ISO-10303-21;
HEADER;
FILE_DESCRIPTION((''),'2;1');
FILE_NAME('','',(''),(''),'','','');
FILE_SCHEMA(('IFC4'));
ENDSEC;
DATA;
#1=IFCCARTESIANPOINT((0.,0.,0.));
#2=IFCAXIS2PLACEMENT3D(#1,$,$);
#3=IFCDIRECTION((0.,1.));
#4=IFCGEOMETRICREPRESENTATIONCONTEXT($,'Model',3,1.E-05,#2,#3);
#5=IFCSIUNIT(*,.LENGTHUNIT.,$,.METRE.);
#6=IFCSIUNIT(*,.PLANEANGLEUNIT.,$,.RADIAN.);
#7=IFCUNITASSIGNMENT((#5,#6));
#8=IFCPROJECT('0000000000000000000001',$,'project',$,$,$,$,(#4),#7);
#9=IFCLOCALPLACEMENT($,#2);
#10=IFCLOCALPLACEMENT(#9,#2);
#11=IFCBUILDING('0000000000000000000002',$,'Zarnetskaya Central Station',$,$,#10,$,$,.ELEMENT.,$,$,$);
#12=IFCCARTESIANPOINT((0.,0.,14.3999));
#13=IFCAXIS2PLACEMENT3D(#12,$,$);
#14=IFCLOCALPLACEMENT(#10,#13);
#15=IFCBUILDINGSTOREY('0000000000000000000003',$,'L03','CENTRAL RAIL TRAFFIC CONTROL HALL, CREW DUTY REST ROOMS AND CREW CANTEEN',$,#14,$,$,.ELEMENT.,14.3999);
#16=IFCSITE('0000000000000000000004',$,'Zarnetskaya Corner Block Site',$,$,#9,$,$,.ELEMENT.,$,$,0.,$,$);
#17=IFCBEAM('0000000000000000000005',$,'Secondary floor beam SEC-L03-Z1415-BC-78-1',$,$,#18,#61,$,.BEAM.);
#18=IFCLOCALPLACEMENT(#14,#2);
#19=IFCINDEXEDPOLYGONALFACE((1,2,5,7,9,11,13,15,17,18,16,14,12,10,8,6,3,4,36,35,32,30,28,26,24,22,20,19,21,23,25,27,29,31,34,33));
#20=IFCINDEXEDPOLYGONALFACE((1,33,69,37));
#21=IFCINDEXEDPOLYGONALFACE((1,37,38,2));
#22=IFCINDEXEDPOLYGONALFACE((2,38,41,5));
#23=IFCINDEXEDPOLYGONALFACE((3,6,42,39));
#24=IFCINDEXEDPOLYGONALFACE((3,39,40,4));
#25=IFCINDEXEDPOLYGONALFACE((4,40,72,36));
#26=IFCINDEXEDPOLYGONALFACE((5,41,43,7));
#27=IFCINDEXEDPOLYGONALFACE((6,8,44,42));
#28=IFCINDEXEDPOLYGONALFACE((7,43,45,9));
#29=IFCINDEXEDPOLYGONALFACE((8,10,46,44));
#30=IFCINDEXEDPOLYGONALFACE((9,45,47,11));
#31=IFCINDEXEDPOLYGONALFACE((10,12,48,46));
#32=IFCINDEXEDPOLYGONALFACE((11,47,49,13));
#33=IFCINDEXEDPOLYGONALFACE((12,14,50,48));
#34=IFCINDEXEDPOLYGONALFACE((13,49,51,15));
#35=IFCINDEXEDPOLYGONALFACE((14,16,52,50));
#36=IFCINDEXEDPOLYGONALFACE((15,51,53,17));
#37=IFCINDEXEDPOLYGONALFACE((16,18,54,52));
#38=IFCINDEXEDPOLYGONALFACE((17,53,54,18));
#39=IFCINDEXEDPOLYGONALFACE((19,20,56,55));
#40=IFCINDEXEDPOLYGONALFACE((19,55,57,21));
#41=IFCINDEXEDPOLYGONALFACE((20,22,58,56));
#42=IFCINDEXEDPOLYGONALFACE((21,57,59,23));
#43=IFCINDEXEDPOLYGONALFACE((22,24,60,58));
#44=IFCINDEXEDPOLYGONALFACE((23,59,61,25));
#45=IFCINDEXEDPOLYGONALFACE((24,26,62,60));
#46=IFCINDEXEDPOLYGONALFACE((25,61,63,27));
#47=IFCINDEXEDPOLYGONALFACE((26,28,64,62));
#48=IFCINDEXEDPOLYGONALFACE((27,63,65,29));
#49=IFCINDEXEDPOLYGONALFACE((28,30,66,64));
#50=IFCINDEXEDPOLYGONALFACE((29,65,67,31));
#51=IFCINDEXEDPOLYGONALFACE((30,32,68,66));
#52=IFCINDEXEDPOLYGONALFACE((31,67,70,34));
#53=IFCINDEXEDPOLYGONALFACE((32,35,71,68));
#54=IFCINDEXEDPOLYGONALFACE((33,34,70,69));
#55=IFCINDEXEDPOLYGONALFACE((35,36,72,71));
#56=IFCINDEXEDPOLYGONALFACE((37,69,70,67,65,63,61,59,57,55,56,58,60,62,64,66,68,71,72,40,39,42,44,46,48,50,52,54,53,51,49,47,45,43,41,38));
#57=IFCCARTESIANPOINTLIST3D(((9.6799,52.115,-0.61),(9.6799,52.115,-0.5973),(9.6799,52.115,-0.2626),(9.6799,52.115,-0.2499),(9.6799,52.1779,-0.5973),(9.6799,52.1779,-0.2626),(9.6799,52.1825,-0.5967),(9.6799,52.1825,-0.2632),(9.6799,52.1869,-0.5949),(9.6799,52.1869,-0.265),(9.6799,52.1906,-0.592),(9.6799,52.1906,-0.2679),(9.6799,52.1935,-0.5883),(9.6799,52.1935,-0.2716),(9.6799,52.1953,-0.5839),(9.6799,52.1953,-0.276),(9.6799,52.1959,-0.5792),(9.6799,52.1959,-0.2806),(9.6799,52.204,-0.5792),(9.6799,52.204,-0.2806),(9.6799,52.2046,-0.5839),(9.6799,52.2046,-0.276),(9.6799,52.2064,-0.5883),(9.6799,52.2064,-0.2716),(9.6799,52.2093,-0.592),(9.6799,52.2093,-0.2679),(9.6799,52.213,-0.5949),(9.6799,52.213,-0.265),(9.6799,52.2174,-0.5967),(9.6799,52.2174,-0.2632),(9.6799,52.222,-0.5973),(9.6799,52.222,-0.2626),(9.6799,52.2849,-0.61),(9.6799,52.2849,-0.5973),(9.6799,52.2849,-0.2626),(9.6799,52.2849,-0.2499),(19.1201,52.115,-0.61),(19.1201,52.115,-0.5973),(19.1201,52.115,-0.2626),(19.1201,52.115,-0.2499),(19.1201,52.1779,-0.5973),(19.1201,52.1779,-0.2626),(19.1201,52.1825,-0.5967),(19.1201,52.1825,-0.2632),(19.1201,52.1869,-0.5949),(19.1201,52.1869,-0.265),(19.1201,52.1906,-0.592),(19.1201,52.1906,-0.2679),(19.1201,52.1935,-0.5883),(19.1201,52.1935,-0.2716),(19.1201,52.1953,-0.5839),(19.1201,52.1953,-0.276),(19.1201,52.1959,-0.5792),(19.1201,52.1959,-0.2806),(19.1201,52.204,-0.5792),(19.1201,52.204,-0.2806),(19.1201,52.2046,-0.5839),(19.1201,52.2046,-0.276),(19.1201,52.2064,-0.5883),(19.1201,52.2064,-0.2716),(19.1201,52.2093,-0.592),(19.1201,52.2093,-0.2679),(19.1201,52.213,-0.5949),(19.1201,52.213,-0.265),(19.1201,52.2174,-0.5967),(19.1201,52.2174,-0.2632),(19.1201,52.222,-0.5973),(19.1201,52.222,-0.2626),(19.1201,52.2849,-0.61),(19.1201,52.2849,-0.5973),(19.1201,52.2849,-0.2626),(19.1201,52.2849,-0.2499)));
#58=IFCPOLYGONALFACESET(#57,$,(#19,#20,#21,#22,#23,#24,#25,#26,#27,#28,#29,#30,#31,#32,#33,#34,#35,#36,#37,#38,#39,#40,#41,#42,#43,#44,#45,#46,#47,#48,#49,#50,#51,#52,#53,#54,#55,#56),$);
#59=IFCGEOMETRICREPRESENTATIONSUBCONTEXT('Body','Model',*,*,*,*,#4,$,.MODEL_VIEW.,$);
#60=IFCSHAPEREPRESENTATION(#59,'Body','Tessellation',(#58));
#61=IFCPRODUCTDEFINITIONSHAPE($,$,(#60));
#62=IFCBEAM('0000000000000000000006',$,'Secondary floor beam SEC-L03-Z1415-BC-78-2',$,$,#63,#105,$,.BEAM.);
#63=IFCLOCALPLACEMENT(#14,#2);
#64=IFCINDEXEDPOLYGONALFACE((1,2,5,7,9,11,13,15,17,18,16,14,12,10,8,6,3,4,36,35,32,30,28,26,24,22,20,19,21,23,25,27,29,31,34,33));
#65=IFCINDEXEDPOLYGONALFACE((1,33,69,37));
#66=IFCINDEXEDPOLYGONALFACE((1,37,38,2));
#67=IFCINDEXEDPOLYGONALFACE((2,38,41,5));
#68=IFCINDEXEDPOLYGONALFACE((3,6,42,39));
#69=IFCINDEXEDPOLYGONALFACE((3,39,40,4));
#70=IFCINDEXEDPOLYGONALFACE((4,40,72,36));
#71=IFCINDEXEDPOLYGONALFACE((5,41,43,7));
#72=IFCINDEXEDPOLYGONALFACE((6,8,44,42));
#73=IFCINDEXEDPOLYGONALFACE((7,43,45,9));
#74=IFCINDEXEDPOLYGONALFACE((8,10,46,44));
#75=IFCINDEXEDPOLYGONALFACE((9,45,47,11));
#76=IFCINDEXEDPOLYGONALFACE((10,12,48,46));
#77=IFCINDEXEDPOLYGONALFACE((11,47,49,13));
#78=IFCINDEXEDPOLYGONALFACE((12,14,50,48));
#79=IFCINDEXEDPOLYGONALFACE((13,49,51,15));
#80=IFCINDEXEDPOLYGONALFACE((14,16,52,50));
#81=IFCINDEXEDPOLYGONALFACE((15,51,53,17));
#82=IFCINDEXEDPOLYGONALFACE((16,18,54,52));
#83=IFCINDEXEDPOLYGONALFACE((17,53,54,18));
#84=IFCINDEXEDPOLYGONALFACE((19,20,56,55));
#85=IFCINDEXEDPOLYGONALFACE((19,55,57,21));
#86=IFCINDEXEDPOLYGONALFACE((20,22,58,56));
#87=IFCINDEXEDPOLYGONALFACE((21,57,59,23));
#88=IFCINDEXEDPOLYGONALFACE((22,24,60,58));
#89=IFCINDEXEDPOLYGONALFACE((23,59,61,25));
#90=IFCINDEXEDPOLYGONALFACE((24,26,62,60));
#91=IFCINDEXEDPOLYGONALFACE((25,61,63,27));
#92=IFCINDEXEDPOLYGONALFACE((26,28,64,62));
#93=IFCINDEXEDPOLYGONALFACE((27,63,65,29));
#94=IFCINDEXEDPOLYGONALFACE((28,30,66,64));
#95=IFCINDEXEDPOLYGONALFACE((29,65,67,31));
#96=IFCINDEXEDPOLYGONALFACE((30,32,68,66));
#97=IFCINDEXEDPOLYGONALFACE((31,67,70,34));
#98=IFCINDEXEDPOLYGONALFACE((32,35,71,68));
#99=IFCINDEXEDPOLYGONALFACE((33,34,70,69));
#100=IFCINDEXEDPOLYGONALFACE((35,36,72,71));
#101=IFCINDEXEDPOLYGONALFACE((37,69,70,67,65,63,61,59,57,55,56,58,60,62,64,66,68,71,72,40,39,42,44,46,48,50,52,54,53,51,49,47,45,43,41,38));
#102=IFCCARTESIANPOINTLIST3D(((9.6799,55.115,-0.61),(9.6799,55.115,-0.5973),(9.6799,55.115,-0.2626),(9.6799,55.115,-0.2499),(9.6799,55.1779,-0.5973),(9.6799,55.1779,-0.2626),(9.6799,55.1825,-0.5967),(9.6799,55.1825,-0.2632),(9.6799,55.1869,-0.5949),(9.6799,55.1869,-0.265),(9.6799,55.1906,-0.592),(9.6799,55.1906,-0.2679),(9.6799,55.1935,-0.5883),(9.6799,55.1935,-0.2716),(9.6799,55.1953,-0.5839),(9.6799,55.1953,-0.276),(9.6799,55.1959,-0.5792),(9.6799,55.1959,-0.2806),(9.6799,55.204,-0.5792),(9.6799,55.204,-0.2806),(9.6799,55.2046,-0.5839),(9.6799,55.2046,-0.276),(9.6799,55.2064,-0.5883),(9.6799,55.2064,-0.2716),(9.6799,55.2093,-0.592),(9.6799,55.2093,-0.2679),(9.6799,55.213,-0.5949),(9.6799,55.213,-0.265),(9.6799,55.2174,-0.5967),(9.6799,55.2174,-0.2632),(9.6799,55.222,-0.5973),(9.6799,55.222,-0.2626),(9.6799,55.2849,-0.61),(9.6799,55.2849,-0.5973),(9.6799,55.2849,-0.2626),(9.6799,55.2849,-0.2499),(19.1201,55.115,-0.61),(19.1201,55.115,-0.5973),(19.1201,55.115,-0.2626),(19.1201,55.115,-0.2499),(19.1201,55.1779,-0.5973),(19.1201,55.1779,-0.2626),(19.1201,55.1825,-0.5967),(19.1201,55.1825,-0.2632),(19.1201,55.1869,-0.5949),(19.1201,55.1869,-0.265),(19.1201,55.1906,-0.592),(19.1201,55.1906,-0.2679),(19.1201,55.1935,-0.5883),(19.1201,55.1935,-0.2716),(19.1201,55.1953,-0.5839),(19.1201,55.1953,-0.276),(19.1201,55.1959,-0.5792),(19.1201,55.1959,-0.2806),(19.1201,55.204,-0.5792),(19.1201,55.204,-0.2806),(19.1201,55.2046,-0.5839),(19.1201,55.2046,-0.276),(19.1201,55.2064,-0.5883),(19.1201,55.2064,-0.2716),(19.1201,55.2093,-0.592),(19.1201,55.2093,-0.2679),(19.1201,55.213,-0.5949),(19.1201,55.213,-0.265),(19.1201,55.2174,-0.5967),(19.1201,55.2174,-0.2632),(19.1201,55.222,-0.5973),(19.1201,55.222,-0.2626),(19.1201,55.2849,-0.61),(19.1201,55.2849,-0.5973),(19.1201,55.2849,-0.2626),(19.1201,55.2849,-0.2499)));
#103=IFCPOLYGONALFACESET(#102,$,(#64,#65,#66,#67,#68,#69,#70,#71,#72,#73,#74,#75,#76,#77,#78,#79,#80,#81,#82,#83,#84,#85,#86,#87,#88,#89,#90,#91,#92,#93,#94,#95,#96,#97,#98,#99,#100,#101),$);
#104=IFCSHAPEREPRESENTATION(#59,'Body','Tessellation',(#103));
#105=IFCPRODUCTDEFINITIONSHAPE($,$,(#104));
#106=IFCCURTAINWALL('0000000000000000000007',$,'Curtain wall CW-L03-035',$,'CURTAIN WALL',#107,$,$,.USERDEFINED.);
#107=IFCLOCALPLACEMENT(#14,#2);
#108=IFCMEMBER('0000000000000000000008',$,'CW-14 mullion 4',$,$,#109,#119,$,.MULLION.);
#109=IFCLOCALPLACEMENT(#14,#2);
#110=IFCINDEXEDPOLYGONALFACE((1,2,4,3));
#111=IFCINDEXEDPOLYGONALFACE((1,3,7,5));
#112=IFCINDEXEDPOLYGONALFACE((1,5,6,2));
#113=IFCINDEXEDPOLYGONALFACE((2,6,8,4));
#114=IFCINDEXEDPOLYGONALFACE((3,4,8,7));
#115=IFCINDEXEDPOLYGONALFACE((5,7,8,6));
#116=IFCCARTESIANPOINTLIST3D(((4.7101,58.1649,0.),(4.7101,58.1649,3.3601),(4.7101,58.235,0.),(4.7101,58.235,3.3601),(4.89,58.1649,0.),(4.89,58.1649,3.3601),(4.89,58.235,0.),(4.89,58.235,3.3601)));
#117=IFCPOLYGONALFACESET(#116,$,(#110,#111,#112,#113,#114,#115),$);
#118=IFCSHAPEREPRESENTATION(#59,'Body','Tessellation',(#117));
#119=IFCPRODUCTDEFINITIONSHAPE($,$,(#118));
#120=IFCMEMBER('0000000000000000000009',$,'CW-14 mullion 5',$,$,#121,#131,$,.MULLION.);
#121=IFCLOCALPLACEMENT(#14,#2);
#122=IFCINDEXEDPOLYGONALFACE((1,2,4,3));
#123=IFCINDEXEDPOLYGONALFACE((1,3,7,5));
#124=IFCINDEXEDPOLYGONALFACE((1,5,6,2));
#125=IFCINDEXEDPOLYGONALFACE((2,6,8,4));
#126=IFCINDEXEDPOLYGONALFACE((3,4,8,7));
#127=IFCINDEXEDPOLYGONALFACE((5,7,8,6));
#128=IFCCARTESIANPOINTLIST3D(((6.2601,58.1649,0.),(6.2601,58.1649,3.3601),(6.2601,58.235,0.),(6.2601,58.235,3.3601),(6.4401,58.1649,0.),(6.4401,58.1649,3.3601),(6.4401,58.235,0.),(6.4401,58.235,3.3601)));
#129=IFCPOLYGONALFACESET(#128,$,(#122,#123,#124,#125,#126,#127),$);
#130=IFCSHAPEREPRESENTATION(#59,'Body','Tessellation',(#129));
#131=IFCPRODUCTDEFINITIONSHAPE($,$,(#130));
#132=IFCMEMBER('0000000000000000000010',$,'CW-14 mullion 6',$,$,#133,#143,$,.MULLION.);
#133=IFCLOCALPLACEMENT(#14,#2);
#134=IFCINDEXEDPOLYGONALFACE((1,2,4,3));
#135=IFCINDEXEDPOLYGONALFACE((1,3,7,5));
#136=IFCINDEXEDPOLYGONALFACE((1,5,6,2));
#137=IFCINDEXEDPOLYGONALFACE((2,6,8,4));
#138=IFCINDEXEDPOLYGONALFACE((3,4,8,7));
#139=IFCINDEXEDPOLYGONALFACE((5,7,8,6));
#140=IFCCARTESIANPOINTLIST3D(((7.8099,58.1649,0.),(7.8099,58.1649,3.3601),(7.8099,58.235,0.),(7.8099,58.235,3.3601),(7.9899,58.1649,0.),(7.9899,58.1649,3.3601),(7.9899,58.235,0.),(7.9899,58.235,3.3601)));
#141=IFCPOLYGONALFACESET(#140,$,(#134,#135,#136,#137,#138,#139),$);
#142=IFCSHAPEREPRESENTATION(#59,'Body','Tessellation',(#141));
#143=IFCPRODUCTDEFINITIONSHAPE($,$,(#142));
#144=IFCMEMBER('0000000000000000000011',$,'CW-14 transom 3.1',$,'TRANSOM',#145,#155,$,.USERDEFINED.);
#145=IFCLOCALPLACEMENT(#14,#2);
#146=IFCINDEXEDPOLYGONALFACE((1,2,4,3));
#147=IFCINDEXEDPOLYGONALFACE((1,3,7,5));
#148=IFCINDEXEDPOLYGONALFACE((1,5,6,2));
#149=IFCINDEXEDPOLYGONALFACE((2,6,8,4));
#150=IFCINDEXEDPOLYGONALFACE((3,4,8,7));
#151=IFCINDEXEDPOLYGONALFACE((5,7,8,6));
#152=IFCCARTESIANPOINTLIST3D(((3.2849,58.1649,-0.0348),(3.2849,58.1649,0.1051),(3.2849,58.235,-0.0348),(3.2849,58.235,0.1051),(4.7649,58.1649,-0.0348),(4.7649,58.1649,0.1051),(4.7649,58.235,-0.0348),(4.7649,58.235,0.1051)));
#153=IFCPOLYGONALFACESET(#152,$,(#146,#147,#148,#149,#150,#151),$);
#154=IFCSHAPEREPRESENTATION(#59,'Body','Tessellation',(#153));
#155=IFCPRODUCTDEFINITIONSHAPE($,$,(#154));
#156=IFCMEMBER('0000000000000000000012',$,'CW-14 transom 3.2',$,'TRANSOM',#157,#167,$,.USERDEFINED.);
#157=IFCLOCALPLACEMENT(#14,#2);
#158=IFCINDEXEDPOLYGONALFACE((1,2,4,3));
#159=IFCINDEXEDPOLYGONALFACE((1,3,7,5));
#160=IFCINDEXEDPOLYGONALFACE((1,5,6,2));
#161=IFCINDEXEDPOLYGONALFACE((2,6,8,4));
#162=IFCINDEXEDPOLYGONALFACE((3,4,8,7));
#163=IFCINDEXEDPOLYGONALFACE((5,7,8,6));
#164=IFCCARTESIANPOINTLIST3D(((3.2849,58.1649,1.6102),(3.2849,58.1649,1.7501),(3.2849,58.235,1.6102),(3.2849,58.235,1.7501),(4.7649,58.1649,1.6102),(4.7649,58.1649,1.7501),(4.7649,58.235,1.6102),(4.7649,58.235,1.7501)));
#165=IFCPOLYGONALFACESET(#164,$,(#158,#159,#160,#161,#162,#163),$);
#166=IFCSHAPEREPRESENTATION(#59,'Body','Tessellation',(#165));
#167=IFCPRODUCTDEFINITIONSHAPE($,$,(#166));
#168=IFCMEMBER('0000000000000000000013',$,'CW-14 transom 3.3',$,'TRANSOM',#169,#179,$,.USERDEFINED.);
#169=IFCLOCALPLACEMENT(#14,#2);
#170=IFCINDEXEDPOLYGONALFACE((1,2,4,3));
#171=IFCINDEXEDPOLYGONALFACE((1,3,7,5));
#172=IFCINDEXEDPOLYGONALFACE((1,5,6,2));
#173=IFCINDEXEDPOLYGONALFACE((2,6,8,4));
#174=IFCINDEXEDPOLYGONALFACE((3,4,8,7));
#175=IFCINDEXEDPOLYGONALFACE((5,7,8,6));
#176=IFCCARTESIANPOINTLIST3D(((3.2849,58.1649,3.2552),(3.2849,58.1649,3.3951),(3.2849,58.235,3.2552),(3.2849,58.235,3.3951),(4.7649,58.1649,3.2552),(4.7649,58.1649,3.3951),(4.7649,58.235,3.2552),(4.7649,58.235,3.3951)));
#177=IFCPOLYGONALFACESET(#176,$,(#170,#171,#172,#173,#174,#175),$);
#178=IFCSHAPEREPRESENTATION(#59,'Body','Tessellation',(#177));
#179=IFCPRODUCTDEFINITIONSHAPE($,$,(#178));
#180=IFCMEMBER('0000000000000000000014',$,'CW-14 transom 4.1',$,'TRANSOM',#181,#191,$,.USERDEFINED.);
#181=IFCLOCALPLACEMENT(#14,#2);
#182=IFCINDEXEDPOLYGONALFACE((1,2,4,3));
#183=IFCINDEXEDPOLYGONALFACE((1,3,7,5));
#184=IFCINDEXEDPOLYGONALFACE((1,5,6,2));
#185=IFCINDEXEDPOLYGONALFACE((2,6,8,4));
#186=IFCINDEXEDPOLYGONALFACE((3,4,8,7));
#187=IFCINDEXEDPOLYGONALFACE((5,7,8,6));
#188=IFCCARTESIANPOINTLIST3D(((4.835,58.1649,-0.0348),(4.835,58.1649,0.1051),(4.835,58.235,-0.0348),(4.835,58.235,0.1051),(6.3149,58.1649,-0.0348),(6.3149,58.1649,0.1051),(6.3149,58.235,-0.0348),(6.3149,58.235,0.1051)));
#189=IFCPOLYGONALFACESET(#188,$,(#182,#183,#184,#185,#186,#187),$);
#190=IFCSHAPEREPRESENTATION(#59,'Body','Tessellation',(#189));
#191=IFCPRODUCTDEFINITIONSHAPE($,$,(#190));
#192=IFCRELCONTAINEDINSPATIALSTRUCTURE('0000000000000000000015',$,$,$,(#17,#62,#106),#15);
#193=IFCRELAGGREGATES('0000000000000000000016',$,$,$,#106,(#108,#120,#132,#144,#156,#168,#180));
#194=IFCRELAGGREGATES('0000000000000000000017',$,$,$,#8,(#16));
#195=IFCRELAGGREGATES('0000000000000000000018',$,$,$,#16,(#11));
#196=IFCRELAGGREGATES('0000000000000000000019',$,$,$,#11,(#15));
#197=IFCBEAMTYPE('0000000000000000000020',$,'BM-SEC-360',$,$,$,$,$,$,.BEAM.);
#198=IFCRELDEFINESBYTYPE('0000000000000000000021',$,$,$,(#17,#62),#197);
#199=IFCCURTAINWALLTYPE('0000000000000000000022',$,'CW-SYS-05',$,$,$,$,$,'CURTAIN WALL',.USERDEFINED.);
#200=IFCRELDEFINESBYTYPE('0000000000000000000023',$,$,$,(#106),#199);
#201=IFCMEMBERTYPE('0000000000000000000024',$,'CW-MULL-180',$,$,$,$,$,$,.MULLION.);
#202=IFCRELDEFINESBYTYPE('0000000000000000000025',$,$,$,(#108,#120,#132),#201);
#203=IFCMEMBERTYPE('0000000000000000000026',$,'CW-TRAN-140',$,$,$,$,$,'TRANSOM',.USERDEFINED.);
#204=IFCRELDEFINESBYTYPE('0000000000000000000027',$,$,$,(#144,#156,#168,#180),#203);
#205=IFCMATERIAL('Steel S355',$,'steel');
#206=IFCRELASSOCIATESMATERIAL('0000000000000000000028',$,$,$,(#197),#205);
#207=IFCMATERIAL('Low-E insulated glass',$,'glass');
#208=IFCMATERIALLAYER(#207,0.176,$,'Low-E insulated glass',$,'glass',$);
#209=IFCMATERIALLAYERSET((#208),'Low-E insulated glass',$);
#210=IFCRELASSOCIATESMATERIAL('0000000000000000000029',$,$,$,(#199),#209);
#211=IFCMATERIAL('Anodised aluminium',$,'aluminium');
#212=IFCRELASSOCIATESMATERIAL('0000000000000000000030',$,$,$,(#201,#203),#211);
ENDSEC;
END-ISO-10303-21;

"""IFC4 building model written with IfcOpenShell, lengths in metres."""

from ifc_helpers import new_model, si_unit, direction, frame, origin, origin_2d, place, context, subcontext, project, spatial, rectangle, i_section, extrude, material, layer, layer_set, material_profile, profile_set, type_object, element, aggregate, save


model = new_model("IFC4")

# Units and contexts
model_context = context("Model", 3, precision=1e-05, world=origin(), true_north=direction((0.0, 1.0)))
body_context = subcontext(model_context, "Body", "Model", "MODEL_VIEW")
ifc_project = project(units=[si_unit("LENGTHUNIT", "METRE"), si_unit("PLANEANGLEUNIT", "RADIAN")], contexts=[model_context])

# Site, building, storey
site_placement = place(None, origin())
site = spatial("IfcSite", under=ifc_project, at=site_placement, Name="Zarnetskaya Corner Block Site", CompositionType="ELEMENT", RefElevation=0.0)
building_placement = place(site_placement, origin())
building = spatial("IfcBuilding", under=site, at=building_placement, Name="Zarnetskaya Central Station", CompositionType="ELEMENT")
storey_placement = place(building_placement, frame((0.0, 0.0, 14.3999)))
storey = spatial("IfcBuildingStorey", under=building, at=storey_placement, Name="L03", Description="CENTRAL RAIL TRAFFIC CONTROL HALL, CREW DUTY REST ROOMS AND CREW CANTEEN", CompositionType="ELEMENT", Elevation=14.3999)

# Beams
ifc_material_1 = material(Name="Steel S355", Category="steel")
ifc_material_profile_1 = material_profile(ifc_material_1, i_section(OverallWidth=0.1699, OverallDepth=0.3601, WebThickness=0.0081, FlangeThickness=0.0127, FilletRadius=0.0181, at=origin_2d()), Name="IPE 360")
ifc_profile_set_1 = profile_set([ifc_material_profile_1], Name="Steel S355")
beam_type = type_object("IfcBeamType", Name="BM-SEC-360", PredefinedType="BEAM", material=ifc_profile_set_1)
for number, where, z_axis, x_axis, name in (
    (1, (9.6799, 52.2, -0.4299), (1.0, 0.0, 0.0), (0.0, 1.0, 0.0), "Secondary floor beam SEC-L03-Z1415-BC-78-1"),
    (2, (9.6799, 55.2, -0.4299), (1.0, 0.0, 0.0), (0.0, 1.0, 0.0), "Secondary floor beam SEC-L03-Z1415-BC-78-2"),
):
    element("IfcBeam", number, at=place(storey_placement, frame(where, z_axis=z_axis, x_axis=x_axis)), inside=storey, type_object=beam_type, Name=name, PredefinedType="BEAM", context=body_context, shape_type="SweptSolid", body=[
        extrude(i_section(OverallWidth=0.1699, OverallDepth=0.3601, WebThickness=0.0081, FlangeThickness=0.0127, FilletRadius=0.0181, at=origin_2d()), origin(), (0.0, 0.0, 1.0), 9.4402),
    ])

# Curtain wall, members
ifc_material_2 = material(Name="Low-E insulated glass", Category="glass")
ifc_layer_1 = layer(ifc_material_2, 0.176, Name="Low-E insulated glass", Category="glass")
ifc_layer_set_1 = layer_set([ifc_layer_1], Name="Low-E insulated glass")
curtain_wall_type = type_object("IfcCurtainWallType", Name="CW-SYS-05", ElementType="CURTAIN WALL", PredefinedType="USERDEFINED", material=ifc_layer_set_1)
curtain_wall_placement = place(storey_placement, origin())
curtain_wall = element("IfcCurtainWall", 3, at=curtain_wall_placement, inside=storey, type_object=curtain_wall_type, Name="Curtain wall CW-L03-035", ObjectType="CURTAIN WALL", PredefinedType="USERDEFINED")
ifc_material_3 = material(Name="Anodised aluminium", Category="aluminium")
ifc_material_profile_2 = material_profile(ifc_material_3, rectangle(XDim=0.0701, YDim=0.1799, at=origin_2d()), Name="ALU MULL 70x180")
ifc_profile_set_2 = profile_set([ifc_material_profile_2], Name="Anodised aluminium")
member_type_1 = type_object("IfcMemberType", Name="CW-MULL-180", PredefinedType="MULLION", material=ifc_profile_set_2)
member_1_placement = place(storey_placement, frame((4.8, 58.2, 0.0), z_axis=(0.0, 0.0, 1.0), x_axis=(0.0, 1.0, 0.0)))
member_1 = element("IfcMember", 4, at=member_1_placement, type_object=member_type_1, Name="CW-14 mullion 4", PredefinedType="MULLION", context=body_context, shape_type="SweptSolid", body=[
    extrude(rectangle(XDim=0.0701, YDim=0.1799, at=origin_2d()), origin(), (0.0, 0.0, 1.0), 3.3601),
])
member_2_placement = place(storey_placement, frame((6.3501, 58.2, 0.0), z_axis=(0.0, 0.0, 1.0), x_axis=(0.0, 1.0, 0.0)))
member_2 = element("IfcMember", 5, at=member_2_placement, type_object=member_type_1, Name="CW-14 mullion 5", PredefinedType="MULLION", context=body_context, shape_type="SweptSolid", body=[
    extrude(rectangle(XDim=0.0701, YDim=0.1799, at=origin_2d()), origin(), (0.0, 0.0, 1.0), 3.3601),
])
member_3_placement = place(storey_placement, frame((7.8999, 58.2, 0.0), z_axis=(0.0, 0.0, 1.0), x_axis=(0.0, 1.0, 0.0)))
member_3 = element("IfcMember", 6, at=member_3_placement, type_object=member_type_1, Name="CW-14 mullion 6", PredefinedType="MULLION", context=body_context, shape_type="SweptSolid", body=[
    extrude(rectangle(XDim=0.0701, YDim=0.1799, at=origin_2d()), origin(), (0.0, 0.0, 1.0), 3.3601),
])
ifc_material_profile_3 = material_profile(ifc_material_3, rectangle(XDim=0.0701, YDim=0.1399, at=origin_2d()), Name="ALU TRAN 70x140")
ifc_profile_set_3 = profile_set([ifc_material_profile_3], Name="Anodised aluminium")
member_type_2 = type_object("IfcMemberType", Name="CW-TRAN-140", ElementType="TRANSOM", PredefinedType="USERDEFINED", material=ifc_profile_set_3)
member_4_placement = place(storey_placement, frame((3.2849, 58.2, 0.0352), z_axis=(1.0, 0.0, 0.0), x_axis=(0.0, 1.0, 0.0)))
member_4 = element("IfcMember", 7, at=member_4_placement, type_object=member_type_2, Name="CW-14 transom 3.1", ObjectType="TRANSOM", PredefinedType="USERDEFINED", context=body_context, shape_type="SweptSolid", body=[
    extrude(rectangle(XDim=0.0701, YDim=0.1399, at=origin_2d()), origin(), (0.0, 0.0, 1.0), 1.48),
])
member_5_placement = place(storey_placement, frame((3.2849, 58.2, 1.6802), z_axis=(1.0, 0.0, 0.0), x_axis=(0.0, 1.0, 0.0)))
member_5 = element("IfcMember", 8, at=member_5_placement, type_object=member_type_2, Name="CW-14 transom 3.2", ObjectType="TRANSOM", PredefinedType="USERDEFINED", context=body_context, shape_type="SweptSolid", body=[
    extrude(rectangle(XDim=0.0701, YDim=0.1399, at=origin_2d()), origin(), (0.0, 0.0, 1.0), 1.48),
])
member_6_placement = place(storey_placement, frame((3.2849, 58.2, 3.3252), z_axis=(1.0, 0.0, 0.0), x_axis=(0.0, 1.0, 0.0)))
member_6 = element("IfcMember", 9, at=member_6_placement, type_object=member_type_2, Name="CW-14 transom 3.3", ObjectType="TRANSOM", PredefinedType="USERDEFINED", context=body_context, shape_type="SweptSolid", body=[
    extrude(rectangle(XDim=0.0701, YDim=0.1399, at=origin_2d()), origin(), (0.0, 0.0, 1.0), 1.48),
])
member_7_placement = place(storey_placement, frame((4.835, 58.2, 0.0352), z_axis=(1.0, 0.0, 0.0), x_axis=(0.0, 1.0, 0.0)))
member_7 = element("IfcMember", 10, at=member_7_placement, type_object=member_type_2, Name="CW-14 transom 4.1", ObjectType="TRANSOM", PredefinedType="USERDEFINED", context=body_context, shape_type="SweptSolid", body=[
    extrude(rectangle(XDim=0.0701, YDim=0.1399, at=origin_2d()), origin(), (0.0, 0.0, 1.0), 1.48),
])
aggregate(curtain_wall, [member_1, member_2, member_3, member_4, member_5, member_6, member_7])

save(model, "model.ifc")
